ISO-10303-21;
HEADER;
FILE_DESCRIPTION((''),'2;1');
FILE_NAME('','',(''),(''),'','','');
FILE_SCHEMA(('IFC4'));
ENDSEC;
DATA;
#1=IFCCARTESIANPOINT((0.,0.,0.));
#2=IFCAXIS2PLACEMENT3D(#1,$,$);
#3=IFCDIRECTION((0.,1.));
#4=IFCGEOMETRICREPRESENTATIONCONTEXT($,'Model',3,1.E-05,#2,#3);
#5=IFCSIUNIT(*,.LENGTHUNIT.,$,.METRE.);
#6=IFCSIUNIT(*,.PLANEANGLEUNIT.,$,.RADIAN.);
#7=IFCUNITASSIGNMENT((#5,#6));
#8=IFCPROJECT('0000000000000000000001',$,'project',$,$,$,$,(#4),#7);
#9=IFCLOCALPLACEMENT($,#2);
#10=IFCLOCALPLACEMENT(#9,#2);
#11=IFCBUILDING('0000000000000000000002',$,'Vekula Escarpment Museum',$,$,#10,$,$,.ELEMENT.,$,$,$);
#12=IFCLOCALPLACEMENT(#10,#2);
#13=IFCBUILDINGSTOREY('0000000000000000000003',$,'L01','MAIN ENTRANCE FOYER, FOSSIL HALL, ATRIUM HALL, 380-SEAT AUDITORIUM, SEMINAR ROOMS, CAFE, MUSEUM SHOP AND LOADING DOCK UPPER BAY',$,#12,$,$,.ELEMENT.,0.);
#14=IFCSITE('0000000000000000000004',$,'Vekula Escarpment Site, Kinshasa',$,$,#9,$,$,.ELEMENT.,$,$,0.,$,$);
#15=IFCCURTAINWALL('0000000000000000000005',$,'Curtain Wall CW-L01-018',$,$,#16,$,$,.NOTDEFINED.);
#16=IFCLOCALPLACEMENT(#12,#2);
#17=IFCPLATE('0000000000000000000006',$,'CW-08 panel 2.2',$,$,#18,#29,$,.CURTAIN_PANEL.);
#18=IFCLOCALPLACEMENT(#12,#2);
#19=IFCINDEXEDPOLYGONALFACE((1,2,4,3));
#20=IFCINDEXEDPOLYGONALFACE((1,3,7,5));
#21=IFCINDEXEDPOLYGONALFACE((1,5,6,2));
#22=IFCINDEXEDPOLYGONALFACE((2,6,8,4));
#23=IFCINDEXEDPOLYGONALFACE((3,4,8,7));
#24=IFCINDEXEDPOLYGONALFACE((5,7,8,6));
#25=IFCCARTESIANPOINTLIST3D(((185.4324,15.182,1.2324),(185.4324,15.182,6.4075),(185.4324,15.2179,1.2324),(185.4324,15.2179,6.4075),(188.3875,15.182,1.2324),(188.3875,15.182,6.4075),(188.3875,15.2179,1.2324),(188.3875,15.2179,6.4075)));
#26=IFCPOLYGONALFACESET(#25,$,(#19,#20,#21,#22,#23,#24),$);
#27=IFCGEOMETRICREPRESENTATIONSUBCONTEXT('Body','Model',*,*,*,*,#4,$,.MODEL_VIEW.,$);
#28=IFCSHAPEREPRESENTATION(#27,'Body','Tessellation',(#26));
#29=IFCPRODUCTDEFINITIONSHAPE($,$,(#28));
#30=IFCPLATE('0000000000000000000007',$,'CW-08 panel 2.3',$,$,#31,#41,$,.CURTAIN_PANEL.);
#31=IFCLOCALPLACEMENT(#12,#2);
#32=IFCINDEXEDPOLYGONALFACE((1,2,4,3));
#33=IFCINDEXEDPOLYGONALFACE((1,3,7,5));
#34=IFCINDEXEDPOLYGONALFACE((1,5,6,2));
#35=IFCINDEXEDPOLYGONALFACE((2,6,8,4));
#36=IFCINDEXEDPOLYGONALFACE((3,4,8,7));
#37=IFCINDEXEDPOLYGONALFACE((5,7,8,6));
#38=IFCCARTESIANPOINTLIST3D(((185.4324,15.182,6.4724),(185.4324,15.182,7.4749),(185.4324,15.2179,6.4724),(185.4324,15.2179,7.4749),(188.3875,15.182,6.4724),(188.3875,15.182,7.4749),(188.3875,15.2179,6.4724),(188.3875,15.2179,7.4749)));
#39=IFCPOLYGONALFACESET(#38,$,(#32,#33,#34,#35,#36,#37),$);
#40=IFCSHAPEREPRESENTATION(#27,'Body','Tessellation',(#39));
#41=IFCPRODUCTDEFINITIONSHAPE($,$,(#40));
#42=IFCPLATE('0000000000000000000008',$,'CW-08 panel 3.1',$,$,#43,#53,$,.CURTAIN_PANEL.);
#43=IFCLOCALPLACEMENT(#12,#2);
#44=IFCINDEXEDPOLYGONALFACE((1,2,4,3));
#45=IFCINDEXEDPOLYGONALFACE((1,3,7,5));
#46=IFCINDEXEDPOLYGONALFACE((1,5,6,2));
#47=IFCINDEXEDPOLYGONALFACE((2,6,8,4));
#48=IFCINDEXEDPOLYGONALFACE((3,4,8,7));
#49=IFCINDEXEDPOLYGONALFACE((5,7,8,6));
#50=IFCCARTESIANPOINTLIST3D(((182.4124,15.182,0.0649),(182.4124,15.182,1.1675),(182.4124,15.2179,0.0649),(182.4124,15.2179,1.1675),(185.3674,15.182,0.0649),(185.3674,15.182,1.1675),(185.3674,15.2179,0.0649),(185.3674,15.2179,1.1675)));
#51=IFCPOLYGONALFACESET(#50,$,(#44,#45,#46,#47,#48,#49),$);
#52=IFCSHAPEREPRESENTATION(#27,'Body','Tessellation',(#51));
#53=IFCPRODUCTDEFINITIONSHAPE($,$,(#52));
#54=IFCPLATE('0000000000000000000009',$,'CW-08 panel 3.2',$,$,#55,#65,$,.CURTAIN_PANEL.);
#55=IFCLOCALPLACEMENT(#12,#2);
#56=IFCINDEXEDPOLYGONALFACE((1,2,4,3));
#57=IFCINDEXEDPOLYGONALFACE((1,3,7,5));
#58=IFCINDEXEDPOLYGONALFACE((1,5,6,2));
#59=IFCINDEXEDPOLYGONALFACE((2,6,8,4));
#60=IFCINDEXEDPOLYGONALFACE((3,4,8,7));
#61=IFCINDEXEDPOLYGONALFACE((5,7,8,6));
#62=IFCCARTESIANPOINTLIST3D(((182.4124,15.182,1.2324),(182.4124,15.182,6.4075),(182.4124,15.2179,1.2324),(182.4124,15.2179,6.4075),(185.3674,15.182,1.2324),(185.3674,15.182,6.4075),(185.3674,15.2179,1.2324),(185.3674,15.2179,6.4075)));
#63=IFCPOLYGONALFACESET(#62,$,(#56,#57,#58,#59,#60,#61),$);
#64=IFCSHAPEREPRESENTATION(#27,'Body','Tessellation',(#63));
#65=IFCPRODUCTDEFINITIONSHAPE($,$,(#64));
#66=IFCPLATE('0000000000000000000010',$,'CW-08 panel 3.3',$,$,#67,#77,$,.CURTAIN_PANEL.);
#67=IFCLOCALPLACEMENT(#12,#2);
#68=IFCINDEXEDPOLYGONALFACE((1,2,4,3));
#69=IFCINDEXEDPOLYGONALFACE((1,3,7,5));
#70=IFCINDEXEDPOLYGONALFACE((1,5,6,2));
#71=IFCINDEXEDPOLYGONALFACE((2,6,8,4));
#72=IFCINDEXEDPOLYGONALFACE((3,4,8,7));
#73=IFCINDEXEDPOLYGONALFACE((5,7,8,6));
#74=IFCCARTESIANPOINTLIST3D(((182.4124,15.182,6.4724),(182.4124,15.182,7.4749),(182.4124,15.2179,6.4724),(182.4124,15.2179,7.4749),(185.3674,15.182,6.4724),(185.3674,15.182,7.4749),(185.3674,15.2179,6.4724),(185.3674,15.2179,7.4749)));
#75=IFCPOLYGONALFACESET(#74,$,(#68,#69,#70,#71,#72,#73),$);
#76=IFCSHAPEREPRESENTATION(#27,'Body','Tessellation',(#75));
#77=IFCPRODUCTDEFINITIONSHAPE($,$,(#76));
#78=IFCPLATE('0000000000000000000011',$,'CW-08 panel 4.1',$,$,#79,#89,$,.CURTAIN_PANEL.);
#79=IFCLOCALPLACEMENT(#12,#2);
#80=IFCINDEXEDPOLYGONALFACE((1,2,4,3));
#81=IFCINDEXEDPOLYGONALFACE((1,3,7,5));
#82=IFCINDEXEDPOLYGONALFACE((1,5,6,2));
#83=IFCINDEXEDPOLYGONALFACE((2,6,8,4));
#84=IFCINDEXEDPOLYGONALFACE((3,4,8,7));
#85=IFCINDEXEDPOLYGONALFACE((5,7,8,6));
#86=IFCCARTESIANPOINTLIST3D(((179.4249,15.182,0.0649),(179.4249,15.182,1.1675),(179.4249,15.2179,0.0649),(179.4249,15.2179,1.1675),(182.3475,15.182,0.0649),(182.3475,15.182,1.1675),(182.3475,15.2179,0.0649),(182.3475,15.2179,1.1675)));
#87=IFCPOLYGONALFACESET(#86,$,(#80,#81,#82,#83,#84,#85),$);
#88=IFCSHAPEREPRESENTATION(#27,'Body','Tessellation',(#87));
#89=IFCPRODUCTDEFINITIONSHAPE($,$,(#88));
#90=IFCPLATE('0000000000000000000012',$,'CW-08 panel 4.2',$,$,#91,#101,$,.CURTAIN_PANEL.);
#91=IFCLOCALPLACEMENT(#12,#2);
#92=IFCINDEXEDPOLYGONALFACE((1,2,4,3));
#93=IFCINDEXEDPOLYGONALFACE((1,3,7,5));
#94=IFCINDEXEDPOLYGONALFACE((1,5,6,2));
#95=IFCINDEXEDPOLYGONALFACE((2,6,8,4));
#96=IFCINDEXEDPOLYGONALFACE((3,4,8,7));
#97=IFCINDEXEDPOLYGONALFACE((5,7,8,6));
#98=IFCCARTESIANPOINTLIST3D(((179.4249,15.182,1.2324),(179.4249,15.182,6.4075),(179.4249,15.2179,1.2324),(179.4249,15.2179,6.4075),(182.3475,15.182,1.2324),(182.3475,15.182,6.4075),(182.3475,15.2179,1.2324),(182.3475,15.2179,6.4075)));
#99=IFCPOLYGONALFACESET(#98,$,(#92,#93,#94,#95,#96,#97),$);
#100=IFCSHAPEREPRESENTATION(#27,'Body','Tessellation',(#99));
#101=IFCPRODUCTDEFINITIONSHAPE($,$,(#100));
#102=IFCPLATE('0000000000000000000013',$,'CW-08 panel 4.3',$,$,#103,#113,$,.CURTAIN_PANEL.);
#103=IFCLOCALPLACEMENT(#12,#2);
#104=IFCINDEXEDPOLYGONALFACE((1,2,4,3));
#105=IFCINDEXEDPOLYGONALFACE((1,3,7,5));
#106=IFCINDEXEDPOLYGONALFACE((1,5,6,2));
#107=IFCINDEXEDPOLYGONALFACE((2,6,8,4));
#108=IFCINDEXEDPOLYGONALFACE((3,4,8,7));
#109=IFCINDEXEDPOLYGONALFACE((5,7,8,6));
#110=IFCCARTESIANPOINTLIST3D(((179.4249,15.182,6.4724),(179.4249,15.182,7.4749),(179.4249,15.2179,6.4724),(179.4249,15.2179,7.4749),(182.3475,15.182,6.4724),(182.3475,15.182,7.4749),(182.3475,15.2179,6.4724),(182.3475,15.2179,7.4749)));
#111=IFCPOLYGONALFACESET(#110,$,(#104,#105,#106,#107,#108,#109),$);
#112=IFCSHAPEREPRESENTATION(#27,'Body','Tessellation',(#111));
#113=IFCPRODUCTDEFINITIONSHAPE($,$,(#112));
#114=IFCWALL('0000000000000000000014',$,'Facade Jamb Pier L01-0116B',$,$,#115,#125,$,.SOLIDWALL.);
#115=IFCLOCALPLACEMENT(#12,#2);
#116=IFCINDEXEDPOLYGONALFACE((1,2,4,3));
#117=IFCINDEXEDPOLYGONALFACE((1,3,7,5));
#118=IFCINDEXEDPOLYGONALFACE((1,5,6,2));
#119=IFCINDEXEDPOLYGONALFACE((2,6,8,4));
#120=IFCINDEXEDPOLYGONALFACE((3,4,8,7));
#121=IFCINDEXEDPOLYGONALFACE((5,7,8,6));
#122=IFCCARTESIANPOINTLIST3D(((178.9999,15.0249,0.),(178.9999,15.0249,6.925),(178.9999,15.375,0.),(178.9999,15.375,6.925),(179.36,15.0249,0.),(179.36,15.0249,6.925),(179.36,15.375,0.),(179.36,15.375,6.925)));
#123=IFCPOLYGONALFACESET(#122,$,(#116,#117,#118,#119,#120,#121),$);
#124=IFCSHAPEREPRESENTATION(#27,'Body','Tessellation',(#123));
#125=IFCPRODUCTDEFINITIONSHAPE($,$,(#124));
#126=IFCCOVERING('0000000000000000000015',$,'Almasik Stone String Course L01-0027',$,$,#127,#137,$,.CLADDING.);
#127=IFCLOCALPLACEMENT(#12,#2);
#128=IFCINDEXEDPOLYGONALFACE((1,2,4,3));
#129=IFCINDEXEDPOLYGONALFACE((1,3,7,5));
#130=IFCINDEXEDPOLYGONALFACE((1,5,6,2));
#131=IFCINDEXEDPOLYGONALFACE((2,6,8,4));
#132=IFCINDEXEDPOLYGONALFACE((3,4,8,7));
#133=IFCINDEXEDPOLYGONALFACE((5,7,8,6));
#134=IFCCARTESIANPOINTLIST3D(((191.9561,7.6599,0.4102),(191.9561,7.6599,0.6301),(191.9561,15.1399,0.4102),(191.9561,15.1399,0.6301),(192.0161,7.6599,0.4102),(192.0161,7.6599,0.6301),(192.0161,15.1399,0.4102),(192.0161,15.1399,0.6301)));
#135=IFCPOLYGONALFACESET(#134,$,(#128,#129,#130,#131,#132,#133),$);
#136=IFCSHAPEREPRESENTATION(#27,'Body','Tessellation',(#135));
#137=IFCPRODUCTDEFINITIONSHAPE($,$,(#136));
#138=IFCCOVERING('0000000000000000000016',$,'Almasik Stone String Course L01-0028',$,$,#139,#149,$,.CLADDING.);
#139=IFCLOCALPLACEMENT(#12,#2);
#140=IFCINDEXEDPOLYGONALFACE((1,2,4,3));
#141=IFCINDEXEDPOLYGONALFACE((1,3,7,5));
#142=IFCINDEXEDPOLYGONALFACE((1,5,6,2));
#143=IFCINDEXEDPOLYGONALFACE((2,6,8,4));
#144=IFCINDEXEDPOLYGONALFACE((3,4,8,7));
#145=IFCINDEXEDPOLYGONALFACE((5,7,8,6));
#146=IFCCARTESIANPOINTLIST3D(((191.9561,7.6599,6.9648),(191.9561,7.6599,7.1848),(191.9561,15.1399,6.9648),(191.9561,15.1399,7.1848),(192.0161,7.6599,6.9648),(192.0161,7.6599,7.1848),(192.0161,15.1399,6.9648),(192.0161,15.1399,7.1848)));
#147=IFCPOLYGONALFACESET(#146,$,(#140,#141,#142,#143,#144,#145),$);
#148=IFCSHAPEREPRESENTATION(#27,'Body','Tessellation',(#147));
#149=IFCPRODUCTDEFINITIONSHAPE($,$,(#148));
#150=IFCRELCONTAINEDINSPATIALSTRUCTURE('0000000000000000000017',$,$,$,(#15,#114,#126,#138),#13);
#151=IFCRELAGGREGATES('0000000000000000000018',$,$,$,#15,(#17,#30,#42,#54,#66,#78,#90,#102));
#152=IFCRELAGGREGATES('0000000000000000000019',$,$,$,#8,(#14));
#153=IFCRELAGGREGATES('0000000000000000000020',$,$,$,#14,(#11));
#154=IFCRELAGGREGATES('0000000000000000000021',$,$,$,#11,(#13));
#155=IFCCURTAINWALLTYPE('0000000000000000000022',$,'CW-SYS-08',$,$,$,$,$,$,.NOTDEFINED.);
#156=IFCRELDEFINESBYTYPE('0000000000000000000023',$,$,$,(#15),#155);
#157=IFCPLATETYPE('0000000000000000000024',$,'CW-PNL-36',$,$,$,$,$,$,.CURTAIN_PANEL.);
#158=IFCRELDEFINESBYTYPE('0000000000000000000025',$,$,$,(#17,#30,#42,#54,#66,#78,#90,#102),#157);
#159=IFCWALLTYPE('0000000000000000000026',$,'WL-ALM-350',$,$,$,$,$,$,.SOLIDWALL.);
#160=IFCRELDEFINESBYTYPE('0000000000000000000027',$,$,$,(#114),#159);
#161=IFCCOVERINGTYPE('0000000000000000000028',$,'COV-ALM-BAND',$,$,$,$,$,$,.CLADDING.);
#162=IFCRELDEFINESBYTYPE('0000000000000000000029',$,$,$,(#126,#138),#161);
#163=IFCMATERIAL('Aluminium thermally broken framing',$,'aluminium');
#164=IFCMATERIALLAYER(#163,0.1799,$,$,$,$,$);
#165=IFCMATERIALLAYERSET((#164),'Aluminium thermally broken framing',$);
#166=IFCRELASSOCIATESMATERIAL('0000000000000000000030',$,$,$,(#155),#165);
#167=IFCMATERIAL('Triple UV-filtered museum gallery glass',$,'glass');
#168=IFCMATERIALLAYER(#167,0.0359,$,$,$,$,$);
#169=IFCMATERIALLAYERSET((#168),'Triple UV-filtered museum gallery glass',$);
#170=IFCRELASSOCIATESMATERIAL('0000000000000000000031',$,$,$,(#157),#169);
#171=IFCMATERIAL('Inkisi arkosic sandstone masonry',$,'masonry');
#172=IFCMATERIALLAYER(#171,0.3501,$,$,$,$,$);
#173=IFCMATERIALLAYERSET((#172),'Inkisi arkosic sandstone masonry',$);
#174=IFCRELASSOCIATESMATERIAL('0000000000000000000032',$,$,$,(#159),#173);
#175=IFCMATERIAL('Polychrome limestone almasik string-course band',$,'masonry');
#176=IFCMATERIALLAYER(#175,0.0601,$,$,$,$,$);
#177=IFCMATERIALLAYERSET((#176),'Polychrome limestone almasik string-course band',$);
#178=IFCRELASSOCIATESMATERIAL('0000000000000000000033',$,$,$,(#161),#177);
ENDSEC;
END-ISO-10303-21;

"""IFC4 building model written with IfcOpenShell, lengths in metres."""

from ifc_helpers import new_model, si_unit, direction, frame, frame_2d, origin, origin_2d, place, context, subcontext, project, spatial, rectangle, extrude, material, layer, layer_set, type_object, element, aggregate, save


model = new_model("IFC4")

# Units and contexts
model_context = context("Model", 3, precision=1e-05, world=origin(), true_north=direction((0.0, 1.0)))
body_context = subcontext(model_context, "Body", "Model", "MODEL_VIEW")
ifc_project = project(units=[si_unit("LENGTHUNIT", "METRE"), si_unit("PLANEANGLEUNIT", "RADIAN")], contexts=[model_context])

# Site, building, storey
site_placement = place(None, origin())
site = spatial("IfcSite", under=ifc_project, at=site_placement, Name="Vekula Escarpment Site, Kinshasa", CompositionType="ELEMENT", RefElevation=0.0)
building_placement = place(site_placement, origin())
building = spatial("IfcBuilding", under=site, at=building_placement, Name="Vekula Escarpment Museum", CompositionType="ELEMENT")
storey_placement = place(building_placement, origin())
storey = spatial("IfcBuildingStorey", under=building, at=storey_placement, Name="L01", Description="MAIN ENTRANCE FOYER, FOSSIL HALL, ATRIUM HALL, 380-SEAT AUDITORIUM, SEMINAR ROOMS, CAFE, MUSEUM SHOP AND LOADING DOCK UPPER BAY", CompositionType="ELEMENT", Elevation=0.0)

# Curtain wall, plates
ifc_material_1 = material(Name="Aluminium thermally broken framing", Category="aluminium")
ifc_layer_1 = layer(ifc_material_1, 0.1799)
ifc_layer_set_1 = layer_set([ifc_layer_1], Name="Aluminium thermally broken framing")
curtain_wall_type = type_object("IfcCurtainWallType", Name="CW-SYS-08", PredefinedType="NOTDEFINED", material=ifc_layer_set_1)
curtain_wall_placement = place(storey_placement, origin())
curtain_wall = element("IfcCurtainWall", 1, at=curtain_wall_placement, inside=storey, type_object=curtain_wall_type, Name="Curtain Wall CW-L01-018", PredefinedType="NOTDEFINED")
ifc_material_2 = material(Name="Triple UV-filtered museum gallery glass", Category="glass")
ifc_layer_2 = layer(ifc_material_2, 0.0359)
ifc_layer_set_2 = layer_set([ifc_layer_2], Name="Triple UV-filtered museum gallery glass")
plate_type = type_object("IfcPlateType", Name="CW-PNL-36", PredefinedType="CURTAIN_PANEL", material=ifc_layer_set_2)
plate_1_placement = place(storey_placement, frame((186.9099, 15.2, 1.2324), z_axis=(0.0, 0.0, 1.0), x_axis=(-1.0, 0.0, 0.0)))
plate_1 = element("IfcPlate", 2, at=plate_1_placement, type_object=plate_type, Name="CW-08 panel 2.2", PredefinedType="CURTAIN_PANEL", context=body_context, shape_type="SweptSolid", body=[
    extrude(rectangle(XDim=2.9551, YDim=0.0359, at=origin_2d()), origin(), (0.0, 0.0, 1.0), 5.175),
])
plate_2_placement = place(storey_placement, frame((186.9099, 15.2, 6.4724), z_axis=(0.0, 0.0, 1.0), x_axis=(-1.0, 0.0, 0.0)))
plate_2 = element("IfcPlate", 3, at=plate_2_placement, type_object=plate_type, Name="CW-08 panel 2.3", PredefinedType="CURTAIN_PANEL", context=body_context, shape_type="SweptSolid", body=[
    extrude(rectangle(XDim=2.9551, YDim=0.0359, at=origin_2d()), origin(), (0.0, 0.0, 1.0), 1.0024),
])
plate_3_placement = place(storey_placement, frame((183.8899, 15.2, 0.0649), z_axis=(0.0, 0.0, 1.0), x_axis=(-1.0, 0.0, 0.0)))
plate_3 = element("IfcPlate", 4, at=plate_3_placement, type_object=plate_type, Name="CW-08 panel 3.1", PredefinedType="CURTAIN_PANEL", context=body_context, shape_type="SweptSolid", body=[
    extrude(rectangle(XDim=2.9551, YDim=0.0359, at=origin_2d()), origin(), (0.0, 0.0, 1.0), 1.1025),
])
plate_4_placement = place(storey_placement, frame((183.8899, 15.2, 1.2324), z_axis=(0.0, 0.0, 1.0), x_axis=(-1.0, 0.0, 0.0)))
plate_4 = element("IfcPlate", 5, at=plate_4_placement, type_object=plate_type, Name="CW-08 panel 3.2", PredefinedType="CURTAIN_PANEL", context=body_context, shape_type="SweptSolid", body=[
    extrude(rectangle(XDim=2.9551, YDim=0.0359, at=origin_2d()), origin(), (0.0, 0.0, 1.0), 5.175),
])
plate_5_placement = place(storey_placement, frame((183.8899, 15.2, 6.4724), z_axis=(0.0, 0.0, 1.0), x_axis=(-1.0, 0.0, 0.0)))
plate_5 = element("IfcPlate", 6, at=plate_5_placement, type_object=plate_type, Name="CW-08 panel 3.3", PredefinedType="CURTAIN_PANEL", context=body_context, shape_type="SweptSolid", body=[
    extrude(rectangle(XDim=2.9551, YDim=0.0359, at=origin_2d()), origin(), (0.0, 0.0, 1.0), 1.0024),
])
plate_6_placement = place(storey_placement, frame((180.8862, 15.2, 0.0649), z_axis=(0.0, 0.0, 1.0), x_axis=(-1.0, 0.0, 0.0)))
plate_6 = element("IfcPlate", 7, at=plate_6_placement, type_object=plate_type, Name="CW-08 panel 4.1", PredefinedType="CURTAIN_PANEL", context=body_context, shape_type="SweptSolid", body=[
    extrude(rectangle(XDim=2.9226, YDim=0.0359, at=origin_2d()), origin(), (0.0, 0.0, 1.0), 1.1025),
])
plate_7_placement = place(storey_placement, frame((180.8862, 15.2, 1.2324), z_axis=(0.0, 0.0, 1.0), x_axis=(-1.0, 0.0, 0.0)))
plate_7 = element("IfcPlate", 8, at=plate_7_placement, type_object=plate_type, Name="CW-08 panel 4.2", PredefinedType="CURTAIN_PANEL", context=body_context, shape_type="SweptSolid", body=[
    extrude(rectangle(XDim=2.9226, YDim=0.0359, at=origin_2d()), origin(), (0.0, 0.0, 1.0), 5.175),
])
plate_8_placement = place(storey_placement, frame((180.8862, 15.2, 6.4724), z_axis=(0.0, 0.0, 1.0), x_axis=(-1.0, 0.0, 0.0)))
plate_8 = element("IfcPlate", 9, at=plate_8_placement, type_object=plate_type, Name="CW-08 panel 4.3", PredefinedType="CURTAIN_PANEL", context=body_context, shape_type="SweptSolid", body=[
    extrude(rectangle(XDim=2.9226, YDim=0.0359, at=origin_2d()), origin(), (0.0, 0.0, 1.0), 1.0024),
])
aggregate(curtain_wall, [plate_1, plate_2, plate_3, plate_4, plate_5, plate_6, plate_7, plate_8])

# Wall
ifc_material_3 = material(Name="Inkisi arkosic sandstone masonry", Category="masonry")
ifc_layer_3 = layer(ifc_material_3, 0.3501)
ifc_layer_set_3 = layer_set([ifc_layer_3], Name="Inkisi arkosic sandstone masonry")
wall_type = type_object("IfcWallType", Name="WL-ALM-350", PredefinedType="SOLIDWALL", material=ifc_layer_set_3)
wall_placement = place(storey_placement, frame((179.3601, 15.2, 0.0), z_axis=(0.0, 0.0, 1.0), x_axis=(-1.0, 0.0, 0.0)))
element("IfcWall", 10, at=wall_placement, inside=storey, type_object=wall_type, Name="Facade Jamb Pier L01-0116B", PredefinedType="SOLIDWALL", context=body_context, shape_type="SweptSolid", body=[
    extrude(rectangle(XDim=0.3601, YDim=0.3501, at=frame_2d((0.1802, 0.0))), origin(), (0.0, 0.0, 1.0), 6.925),
])

# Coverings
ifc_material_4 = material(Name="Polychrome limestone almasik string-course band", Category="masonry")
ifc_layer_4 = layer(ifc_material_4, 0.0601)
ifc_layer_set_4 = layer_set([ifc_layer_4], Name="Polychrome limestone almasik string-course band")
covering_type = type_object("IfcCoveringType", Name="COV-ALM-BAND", PredefinedType="CLADDING", material=ifc_layer_set_4)
for number, where, z_axis, x_axis, name in (
    (11, (191.9861, 11.3999, 0.4102), (0.0, 0.0, 1.0), (0.0, 1.0, 0.0), "Almasik Stone String Course L01-0027"),
    (12, (191.9861, 11.3999, 6.9648), (0.0, 0.0, 1.0), (0.0, 1.0, 0.0), "Almasik Stone String Course L01-0028"),
):
    element("IfcCovering", number, at=place(storey_placement, frame(where, z_axis=z_axis, x_axis=x_axis)), inside=storey, type_object=covering_type, Name=name, PredefinedType="CLADDING", context=body_context, shape_type="SweptSolid", body=[
        extrude(rectangle(XDim=7.48, YDim=0.0601, at=origin_2d()), origin(), (0.0, 0.0, 1.0), 0.22),
    ])

save(model, "model.ifc")
